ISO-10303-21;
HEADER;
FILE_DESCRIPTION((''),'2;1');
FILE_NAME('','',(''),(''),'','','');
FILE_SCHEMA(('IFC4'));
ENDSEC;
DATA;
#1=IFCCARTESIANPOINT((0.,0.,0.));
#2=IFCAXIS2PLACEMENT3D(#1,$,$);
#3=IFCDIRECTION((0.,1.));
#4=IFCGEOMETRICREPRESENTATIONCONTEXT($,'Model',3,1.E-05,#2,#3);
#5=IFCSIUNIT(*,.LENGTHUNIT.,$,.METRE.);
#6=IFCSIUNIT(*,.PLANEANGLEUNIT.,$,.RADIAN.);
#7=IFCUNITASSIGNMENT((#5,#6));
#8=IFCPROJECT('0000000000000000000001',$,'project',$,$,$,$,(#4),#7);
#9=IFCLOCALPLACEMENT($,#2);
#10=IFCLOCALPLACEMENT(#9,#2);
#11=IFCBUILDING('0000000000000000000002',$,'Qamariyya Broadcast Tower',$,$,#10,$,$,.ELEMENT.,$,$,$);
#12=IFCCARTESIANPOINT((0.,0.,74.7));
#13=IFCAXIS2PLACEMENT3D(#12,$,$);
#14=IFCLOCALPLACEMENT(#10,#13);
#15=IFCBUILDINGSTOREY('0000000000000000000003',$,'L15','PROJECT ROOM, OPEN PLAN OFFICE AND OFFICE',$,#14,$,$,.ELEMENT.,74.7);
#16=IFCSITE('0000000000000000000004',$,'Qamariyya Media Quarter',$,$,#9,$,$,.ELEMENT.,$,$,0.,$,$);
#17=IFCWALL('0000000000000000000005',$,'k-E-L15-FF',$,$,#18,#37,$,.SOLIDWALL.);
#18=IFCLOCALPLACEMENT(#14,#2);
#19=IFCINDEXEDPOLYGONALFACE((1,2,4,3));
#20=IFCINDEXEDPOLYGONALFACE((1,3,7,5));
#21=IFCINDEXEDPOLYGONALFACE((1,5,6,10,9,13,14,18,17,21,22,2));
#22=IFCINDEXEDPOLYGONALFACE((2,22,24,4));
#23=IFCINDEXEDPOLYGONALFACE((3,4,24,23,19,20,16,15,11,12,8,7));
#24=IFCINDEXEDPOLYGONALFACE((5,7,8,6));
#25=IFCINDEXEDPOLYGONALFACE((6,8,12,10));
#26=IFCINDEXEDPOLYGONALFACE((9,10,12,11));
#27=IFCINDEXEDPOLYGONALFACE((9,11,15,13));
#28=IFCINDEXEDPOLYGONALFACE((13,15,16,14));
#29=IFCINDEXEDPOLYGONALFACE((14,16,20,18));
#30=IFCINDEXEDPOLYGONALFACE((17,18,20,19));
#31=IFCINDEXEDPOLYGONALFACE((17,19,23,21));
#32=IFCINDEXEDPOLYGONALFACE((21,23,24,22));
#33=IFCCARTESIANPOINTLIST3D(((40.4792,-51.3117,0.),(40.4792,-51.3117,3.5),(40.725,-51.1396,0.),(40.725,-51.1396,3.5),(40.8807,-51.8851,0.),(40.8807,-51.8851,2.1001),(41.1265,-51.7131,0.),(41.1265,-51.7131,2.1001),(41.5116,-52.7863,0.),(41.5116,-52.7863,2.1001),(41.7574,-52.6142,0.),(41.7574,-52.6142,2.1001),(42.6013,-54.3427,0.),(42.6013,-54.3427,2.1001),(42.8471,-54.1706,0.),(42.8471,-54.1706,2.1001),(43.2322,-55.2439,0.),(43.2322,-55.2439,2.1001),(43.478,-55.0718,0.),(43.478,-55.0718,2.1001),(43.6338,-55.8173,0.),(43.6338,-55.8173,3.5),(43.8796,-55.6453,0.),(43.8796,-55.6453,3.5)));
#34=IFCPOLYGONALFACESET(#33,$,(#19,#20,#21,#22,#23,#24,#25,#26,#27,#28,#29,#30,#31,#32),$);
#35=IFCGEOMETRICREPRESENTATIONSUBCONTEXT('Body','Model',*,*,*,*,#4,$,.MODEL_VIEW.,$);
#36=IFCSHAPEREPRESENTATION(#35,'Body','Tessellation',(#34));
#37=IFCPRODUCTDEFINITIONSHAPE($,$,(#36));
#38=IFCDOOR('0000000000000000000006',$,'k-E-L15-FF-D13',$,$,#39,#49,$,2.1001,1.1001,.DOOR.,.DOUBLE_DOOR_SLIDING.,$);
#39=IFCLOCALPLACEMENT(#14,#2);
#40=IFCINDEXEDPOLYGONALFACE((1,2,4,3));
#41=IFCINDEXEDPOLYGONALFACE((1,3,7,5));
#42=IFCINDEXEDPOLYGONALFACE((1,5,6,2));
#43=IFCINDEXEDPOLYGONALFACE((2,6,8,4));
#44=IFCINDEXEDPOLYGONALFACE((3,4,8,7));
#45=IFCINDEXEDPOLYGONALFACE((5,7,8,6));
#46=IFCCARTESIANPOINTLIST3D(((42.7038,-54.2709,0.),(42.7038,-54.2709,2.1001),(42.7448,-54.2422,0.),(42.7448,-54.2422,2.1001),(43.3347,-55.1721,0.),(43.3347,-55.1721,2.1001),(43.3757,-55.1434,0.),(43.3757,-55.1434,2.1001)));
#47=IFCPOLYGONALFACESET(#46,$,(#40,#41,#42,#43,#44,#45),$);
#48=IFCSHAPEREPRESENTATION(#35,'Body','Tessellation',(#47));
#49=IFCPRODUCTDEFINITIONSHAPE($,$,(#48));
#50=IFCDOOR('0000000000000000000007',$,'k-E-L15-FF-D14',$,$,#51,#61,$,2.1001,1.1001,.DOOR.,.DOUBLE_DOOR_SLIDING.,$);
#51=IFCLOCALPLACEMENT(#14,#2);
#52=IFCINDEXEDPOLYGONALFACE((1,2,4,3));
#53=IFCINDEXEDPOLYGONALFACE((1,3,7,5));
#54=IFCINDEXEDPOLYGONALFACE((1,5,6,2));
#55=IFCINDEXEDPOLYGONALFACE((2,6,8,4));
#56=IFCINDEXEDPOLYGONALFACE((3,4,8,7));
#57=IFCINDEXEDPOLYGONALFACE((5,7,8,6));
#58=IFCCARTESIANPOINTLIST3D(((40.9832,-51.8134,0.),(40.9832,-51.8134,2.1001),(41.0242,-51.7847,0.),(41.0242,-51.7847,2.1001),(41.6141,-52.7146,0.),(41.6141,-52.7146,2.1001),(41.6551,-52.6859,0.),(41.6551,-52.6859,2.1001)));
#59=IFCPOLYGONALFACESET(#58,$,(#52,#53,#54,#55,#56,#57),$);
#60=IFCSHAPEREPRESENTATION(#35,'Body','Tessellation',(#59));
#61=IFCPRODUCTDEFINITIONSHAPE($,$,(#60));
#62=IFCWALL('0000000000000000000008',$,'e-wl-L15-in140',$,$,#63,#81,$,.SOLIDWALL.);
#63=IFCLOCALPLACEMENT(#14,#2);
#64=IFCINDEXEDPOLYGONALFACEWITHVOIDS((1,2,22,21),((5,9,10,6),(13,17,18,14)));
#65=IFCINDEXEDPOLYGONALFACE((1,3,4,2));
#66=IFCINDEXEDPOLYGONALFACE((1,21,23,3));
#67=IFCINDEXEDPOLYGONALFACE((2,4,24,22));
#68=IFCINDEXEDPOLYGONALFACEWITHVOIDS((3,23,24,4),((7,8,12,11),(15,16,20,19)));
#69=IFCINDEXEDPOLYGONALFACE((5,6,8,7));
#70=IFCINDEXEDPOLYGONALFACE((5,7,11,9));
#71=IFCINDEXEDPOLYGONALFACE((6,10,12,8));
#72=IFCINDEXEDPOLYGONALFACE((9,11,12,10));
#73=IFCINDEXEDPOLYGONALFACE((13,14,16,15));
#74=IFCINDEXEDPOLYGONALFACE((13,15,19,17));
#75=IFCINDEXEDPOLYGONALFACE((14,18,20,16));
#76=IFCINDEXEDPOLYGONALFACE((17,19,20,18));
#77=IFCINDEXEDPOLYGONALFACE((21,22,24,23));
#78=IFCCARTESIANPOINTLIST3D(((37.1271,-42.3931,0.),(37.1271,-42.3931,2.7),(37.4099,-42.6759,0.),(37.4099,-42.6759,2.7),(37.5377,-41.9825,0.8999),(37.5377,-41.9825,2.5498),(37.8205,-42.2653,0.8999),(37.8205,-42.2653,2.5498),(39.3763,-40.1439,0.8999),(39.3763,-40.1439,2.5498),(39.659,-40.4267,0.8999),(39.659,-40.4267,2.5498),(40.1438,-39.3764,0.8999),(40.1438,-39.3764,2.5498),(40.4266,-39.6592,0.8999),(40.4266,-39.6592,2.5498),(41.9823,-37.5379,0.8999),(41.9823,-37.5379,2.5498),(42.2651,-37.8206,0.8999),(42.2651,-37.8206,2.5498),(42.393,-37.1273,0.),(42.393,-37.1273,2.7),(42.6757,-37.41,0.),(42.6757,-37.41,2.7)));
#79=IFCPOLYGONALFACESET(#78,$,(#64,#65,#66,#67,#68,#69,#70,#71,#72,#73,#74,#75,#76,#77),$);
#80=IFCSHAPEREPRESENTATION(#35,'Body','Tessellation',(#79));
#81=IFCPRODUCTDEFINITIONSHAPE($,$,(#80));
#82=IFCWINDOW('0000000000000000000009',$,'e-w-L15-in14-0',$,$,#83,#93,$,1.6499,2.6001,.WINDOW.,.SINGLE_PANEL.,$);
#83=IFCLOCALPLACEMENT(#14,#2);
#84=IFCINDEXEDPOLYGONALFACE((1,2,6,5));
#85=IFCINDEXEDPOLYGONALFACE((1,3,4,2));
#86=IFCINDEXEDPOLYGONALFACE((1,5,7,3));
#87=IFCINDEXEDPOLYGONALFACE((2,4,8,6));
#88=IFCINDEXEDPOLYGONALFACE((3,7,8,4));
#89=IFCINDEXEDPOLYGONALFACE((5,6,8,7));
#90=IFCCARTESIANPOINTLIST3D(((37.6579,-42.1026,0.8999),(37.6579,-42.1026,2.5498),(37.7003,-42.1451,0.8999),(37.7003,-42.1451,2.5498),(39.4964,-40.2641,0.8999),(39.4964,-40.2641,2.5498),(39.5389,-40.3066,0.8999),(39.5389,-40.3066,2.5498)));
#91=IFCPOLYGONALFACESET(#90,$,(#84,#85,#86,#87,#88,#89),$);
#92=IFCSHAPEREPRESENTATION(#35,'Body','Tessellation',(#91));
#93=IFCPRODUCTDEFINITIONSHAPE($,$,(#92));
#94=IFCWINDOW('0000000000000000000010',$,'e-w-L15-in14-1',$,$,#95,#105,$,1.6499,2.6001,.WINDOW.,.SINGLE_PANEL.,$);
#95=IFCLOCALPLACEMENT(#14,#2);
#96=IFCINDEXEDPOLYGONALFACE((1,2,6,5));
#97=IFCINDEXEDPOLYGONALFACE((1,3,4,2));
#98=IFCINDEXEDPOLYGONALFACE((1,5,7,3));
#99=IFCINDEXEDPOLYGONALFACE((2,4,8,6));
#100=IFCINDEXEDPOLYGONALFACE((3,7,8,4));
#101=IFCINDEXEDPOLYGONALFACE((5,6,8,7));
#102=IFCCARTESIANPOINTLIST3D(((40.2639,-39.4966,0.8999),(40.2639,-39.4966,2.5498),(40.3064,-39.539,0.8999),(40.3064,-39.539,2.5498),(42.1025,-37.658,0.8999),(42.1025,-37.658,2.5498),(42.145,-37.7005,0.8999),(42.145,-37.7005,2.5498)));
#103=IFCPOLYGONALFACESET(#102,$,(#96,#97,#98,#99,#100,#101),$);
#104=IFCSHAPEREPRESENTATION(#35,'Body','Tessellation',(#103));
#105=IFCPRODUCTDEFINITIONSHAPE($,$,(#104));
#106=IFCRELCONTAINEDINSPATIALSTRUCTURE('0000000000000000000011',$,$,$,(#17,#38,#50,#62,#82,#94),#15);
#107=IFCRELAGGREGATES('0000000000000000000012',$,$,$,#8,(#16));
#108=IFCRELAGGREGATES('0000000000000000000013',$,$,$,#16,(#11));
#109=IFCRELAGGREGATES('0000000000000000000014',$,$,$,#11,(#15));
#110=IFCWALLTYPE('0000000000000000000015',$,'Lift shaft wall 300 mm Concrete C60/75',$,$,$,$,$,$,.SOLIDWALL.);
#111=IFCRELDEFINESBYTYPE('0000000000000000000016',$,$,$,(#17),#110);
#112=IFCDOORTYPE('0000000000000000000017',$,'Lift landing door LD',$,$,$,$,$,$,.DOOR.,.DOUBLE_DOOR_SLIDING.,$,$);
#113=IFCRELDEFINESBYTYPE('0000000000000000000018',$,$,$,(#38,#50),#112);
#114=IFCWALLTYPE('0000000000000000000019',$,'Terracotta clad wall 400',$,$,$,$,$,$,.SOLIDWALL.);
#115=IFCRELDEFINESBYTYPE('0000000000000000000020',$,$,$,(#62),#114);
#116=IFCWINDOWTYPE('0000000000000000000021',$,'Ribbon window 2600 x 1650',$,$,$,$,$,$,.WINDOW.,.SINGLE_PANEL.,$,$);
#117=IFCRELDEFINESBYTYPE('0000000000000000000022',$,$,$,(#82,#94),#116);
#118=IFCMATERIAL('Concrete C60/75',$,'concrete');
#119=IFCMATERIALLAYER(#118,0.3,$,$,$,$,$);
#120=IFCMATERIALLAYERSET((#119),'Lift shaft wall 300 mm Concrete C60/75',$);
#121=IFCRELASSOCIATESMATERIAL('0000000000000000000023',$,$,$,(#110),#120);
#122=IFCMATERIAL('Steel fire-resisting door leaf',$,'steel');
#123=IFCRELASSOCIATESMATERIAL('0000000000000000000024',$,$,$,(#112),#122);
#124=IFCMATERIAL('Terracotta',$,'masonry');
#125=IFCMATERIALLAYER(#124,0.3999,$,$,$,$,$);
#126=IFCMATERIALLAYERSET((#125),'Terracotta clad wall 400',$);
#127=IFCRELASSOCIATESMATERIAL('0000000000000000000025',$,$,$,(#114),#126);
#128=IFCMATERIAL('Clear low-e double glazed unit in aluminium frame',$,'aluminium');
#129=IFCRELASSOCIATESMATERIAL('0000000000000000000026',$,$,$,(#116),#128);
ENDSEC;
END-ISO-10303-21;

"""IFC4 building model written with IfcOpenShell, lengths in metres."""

from ifc_helpers import new_model, si_unit, direction, frame, frame_2d, origin, place, context, subcontext, project, spatial, rectangle, extrude, material, layer, layer_set, type_object, element, fill, save


model = new_model("IFC4")

# Units and contexts
model_context = context("Model", 3, precision=1e-05, world=origin(), true_north=direction((0.0, 1.0)))
body_context = subcontext(model_context, "Body", "Model", "MODEL_VIEW")
ifc_project = project(units=[si_unit("LENGTHUNIT", "METRE"), si_unit("PLANEANGLEUNIT", "RADIAN")], contexts=[model_context])

# Site, building, storey
site_placement = place(None, origin())
site = spatial("IfcSite", under=ifc_project, at=site_placement, Name="Qamariyya Media Quarter", CompositionType="ELEMENT", RefElevation=0.0)
building_placement = place(site_placement, origin())
building = spatial("IfcBuilding", under=site, at=building_placement, Name="Qamariyya Broadcast Tower", CompositionType="ELEMENT")
storey_placement = place(building_placement, frame((0.0, 0.0, 74.7)))
storey = spatial("IfcBuildingStorey", under=building, at=storey_placement, Name="L15", Description="PROJECT ROOM, OPEN PLAN OFFICE AND OFFICE", CompositionType="ELEMENT", Elevation=74.7)

# Shared definitions
ifc_material_1 = material(Name="Concrete C60/75", Category="concrete")

# Shared definitions
ifc_layer_1 = layer(ifc_material_1, 0.3)
ifc_layer_set_1 = layer_set([ifc_layer_1], Name="Lift shaft wall 300 mm Concrete C60/75")
wall_type_1 = type_object("IfcWallType", Name="Lift shaft wall 300 mm Concrete C60/75", PredefinedType="SOLIDWALL", material=ifc_layer_set_1)
ifc_material_2 = material(Name="Steel fire-resisting door leaf", Category="steel")

# Wall, openings, doors
wall_1_placement = place(storey_placement, frame((43.7566, -55.7312, 0.0), z_axis=(0.0, 0.0, 1.0), x_axis=(-0.573537, 0.81918, 0.0)))
wall_1 = element("IfcWall", 1, at=wall_1_placement, inside=storey, type_object=wall_type_1, Name="k-E-L15-FF", PredefinedType="SOLIDWALL", context=body_context, shape_type="SweptSolid", body=[
    extrude(rectangle(XDim=5.5002, YDim=0.3, at=frame_2d((2.75, 0.0))), origin(), (0.0, 0.0, 1.0), 3.5),
])
opening_1_placement = place(wall_1_placement, frame((0.7, 0.0, 0.0)))
opening_1 = element("IfcOpeningElement", 2, at=opening_1_placement, cuts=wall_1, PredefinedType="OPENING", context=body_context, shape_type="SweptSolid", body=[
    extrude(rectangle(XDim=1.1001, YDim=2.1001, at=frame_2d((0.55, 1.05))), frame((0.0, 0.1599, 0.0), z_axis=(0.0, -1.0, 0.0), x_axis=(1.0, 0.0, 0.0)), (0.0, 0.0, 1.0), 0.3201),
])
opening_2_placement = place(wall_1_placement, frame((3.7, 0.0, 0.0)))
opening_2 = element("IfcOpeningElement", 3, at=opening_2_placement, cuts=wall_1, PredefinedType="OPENING", context=body_context, shape_type="SweptSolid", body=[
    extrude(rectangle(XDim=1.1001, YDim=2.1001, at=frame_2d((0.55, 1.05))), frame((0.0, 0.1599, 0.0), z_axis=(0.0, -1.0, 0.0), x_axis=(1.0, 0.0, 0.0)), (0.0, 0.0, 1.0), 0.3201),
])
door_type_1 = type_object("IfcDoorType", Name="Lift landing door LD", OperationType="DOUBLE_DOOR_SLIDING", PredefinedType="DOOR", material=ifc_material_2)
door_1_placement = place(opening_1_placement, origin())
door_1 = element("IfcDoor", 4, at=door_1_placement, inside=storey, type_object=door_type_1, Name="k-E-L15-FF-D13", OperationType="DOUBLE_DOOR_SLIDING", OverallHeight=2.1001, OverallWidth=1.1001, PredefinedType="DOOR", context=body_context, shape_type="SweptSolid", body=[
    extrude(rectangle(XDim=1.1001, YDim=2.1001, at=frame_2d((0.55, 1.05))), frame((0.0, 0.0249, 0.0), z_axis=(0.0, -1.0, 0.0), x_axis=(1.0, 0.0, 0.0)), (0.0, 0.0, 1.0), 0.05),
])
fill(opening_1, door_1)
door_2_placement = place(opening_2_placement, origin())
door_2 = element("IfcDoor", 5, at=door_2_placement, inside=storey, type_object=door_type_1, Name="k-E-L15-FF-D14", OperationType="DOUBLE_DOOR_SLIDING", OverallHeight=2.1001, OverallWidth=1.1001, PredefinedType="DOOR", context=body_context, shape_type="SweptSolid", body=[
    extrude(rectangle(XDim=1.1001, YDim=2.1001, at=frame_2d((0.55, 1.05))), frame((0.0, 0.0249, 0.0), z_axis=(0.0, -1.0, 0.0), x_axis=(1.0, 0.0, 0.0)), (0.0, 0.0, 1.0), 0.05),
])
fill(opening_2, door_2)

# Wall, openings, windows
ifc_material_3 = material(Name="Terracotta", Category="masonry")
ifc_layer_2 = layer(ifc_material_3, 0.3999)
ifc_layer_set_2 = layer_set([ifc_layer_2], Name="Terracotta clad wall 400")
wall_type_2 = type_object("IfcWallType", Name="Terracotta clad wall 400", PredefinedType="SOLIDWALL", material=ifc_layer_set_2)
wall_2_placement = place(storey_placement, frame((42.5344, -37.2686, 0.0), z_axis=(0.0, 0.0, 1.0), x_axis=(-0.707107, -0.707107, 0.0)))
wall_2 = element("IfcWall", 6, at=wall_2_placement, inside=storey, type_object=wall_type_2, Name="e-wl-L15-in140", PredefinedType="SOLIDWALL", context=body_context, shape_type="SweptSolid", body=[
    extrude(rectangle(XDim=7.447, YDim=0.3999, at=frame_2d((3.7236, 0.0))), origin(), (0.0, 0.0, 1.0), 2.7),
])
opening_3_placement = place(wall_2_placement, frame((4.2664, 0.0, 0.8999)))
opening_3 = element("IfcOpeningElement", 7, at=opening_3_placement, cuts=wall_2, PredefinedType="OPENING", context=body_context, shape_type="SweptSolid", body=[
    extrude(rectangle(XDim=2.6001, YDim=1.6499, at=frame_2d((1.3, 0.825))), frame((0.0, 0.21, 0.0), z_axis=(0.0, -1.0, 0.0), x_axis=(1.0, 0.0, 0.0)), (0.0, 0.0, 1.0), 0.4199),
])
opening_4_placement = place(wall_2_placement, frame((0.5808, 0.0, 0.8999)))
opening_4 = element("IfcOpeningElement", 8, at=opening_4_placement, cuts=wall_2, PredefinedType="OPENING", context=body_context, shape_type="SweptSolid", body=[
    extrude(rectangle(XDim=2.6001, YDim=1.6499, at=frame_2d((1.3, 0.825))), frame((0.0, 0.21, 0.0), z_axis=(0.0, -1.0, 0.0), x_axis=(1.0, 0.0, 0.0)), (0.0, 0.0, 1.0), 0.4199),
])
ifc_material_4 = material(Name="Clear low-e double glazed unit in aluminium frame", Category="aluminium")
window_type = type_object("IfcWindowType", Name="Ribbon window 2600 x 1650", PartitioningType="SINGLE_PANEL", PredefinedType="WINDOW", material=ifc_material_4)
window_1_placement = place(opening_3_placement, origin())
window_1 = element("IfcWindow", 9, at=window_1_placement, inside=storey, type_object=window_type, Name="e-w-L15-in14-0", OverallHeight=1.6499, OverallWidth=2.6001, PartitioningType="SINGLE_PANEL", PredefinedType="WINDOW", context=body_context, shape_type="SweptSolid", body=[
    extrude(rectangle(XDim=2.6001, YDim=1.6499, at=frame_2d((1.3, 0.825))), frame((0.0, 0.03, 0.0), z_axis=(0.0, -1.0, 0.0), x_axis=(1.0, 0.0, 0.0)), (0.0, 0.0, 1.0), 0.0601),
])
fill(opening_3, window_1)
window_2_placement = place(opening_4_placement, origin())
window_2 = element("IfcWindow", 10, at=window_2_placement, inside=storey, type_object=window_type, Name="e-w-L15-in14-1", OverallHeight=1.6499, OverallWidth=2.6001, PartitioningType="SINGLE_PANEL", PredefinedType="WINDOW", context=body_context, shape_type="SweptSolid", body=[
    extrude(rectangle(XDim=2.6001, YDim=1.6499, at=frame_2d((1.3, 0.825))), frame((0.0, 0.03, 0.0), z_axis=(0.0, -1.0, 0.0), x_axis=(1.0, 0.0, 0.0)), (0.0, 0.0, 1.0), 0.0601),
])
fill(opening_4, window_2)

save(model, "model.ifc")
